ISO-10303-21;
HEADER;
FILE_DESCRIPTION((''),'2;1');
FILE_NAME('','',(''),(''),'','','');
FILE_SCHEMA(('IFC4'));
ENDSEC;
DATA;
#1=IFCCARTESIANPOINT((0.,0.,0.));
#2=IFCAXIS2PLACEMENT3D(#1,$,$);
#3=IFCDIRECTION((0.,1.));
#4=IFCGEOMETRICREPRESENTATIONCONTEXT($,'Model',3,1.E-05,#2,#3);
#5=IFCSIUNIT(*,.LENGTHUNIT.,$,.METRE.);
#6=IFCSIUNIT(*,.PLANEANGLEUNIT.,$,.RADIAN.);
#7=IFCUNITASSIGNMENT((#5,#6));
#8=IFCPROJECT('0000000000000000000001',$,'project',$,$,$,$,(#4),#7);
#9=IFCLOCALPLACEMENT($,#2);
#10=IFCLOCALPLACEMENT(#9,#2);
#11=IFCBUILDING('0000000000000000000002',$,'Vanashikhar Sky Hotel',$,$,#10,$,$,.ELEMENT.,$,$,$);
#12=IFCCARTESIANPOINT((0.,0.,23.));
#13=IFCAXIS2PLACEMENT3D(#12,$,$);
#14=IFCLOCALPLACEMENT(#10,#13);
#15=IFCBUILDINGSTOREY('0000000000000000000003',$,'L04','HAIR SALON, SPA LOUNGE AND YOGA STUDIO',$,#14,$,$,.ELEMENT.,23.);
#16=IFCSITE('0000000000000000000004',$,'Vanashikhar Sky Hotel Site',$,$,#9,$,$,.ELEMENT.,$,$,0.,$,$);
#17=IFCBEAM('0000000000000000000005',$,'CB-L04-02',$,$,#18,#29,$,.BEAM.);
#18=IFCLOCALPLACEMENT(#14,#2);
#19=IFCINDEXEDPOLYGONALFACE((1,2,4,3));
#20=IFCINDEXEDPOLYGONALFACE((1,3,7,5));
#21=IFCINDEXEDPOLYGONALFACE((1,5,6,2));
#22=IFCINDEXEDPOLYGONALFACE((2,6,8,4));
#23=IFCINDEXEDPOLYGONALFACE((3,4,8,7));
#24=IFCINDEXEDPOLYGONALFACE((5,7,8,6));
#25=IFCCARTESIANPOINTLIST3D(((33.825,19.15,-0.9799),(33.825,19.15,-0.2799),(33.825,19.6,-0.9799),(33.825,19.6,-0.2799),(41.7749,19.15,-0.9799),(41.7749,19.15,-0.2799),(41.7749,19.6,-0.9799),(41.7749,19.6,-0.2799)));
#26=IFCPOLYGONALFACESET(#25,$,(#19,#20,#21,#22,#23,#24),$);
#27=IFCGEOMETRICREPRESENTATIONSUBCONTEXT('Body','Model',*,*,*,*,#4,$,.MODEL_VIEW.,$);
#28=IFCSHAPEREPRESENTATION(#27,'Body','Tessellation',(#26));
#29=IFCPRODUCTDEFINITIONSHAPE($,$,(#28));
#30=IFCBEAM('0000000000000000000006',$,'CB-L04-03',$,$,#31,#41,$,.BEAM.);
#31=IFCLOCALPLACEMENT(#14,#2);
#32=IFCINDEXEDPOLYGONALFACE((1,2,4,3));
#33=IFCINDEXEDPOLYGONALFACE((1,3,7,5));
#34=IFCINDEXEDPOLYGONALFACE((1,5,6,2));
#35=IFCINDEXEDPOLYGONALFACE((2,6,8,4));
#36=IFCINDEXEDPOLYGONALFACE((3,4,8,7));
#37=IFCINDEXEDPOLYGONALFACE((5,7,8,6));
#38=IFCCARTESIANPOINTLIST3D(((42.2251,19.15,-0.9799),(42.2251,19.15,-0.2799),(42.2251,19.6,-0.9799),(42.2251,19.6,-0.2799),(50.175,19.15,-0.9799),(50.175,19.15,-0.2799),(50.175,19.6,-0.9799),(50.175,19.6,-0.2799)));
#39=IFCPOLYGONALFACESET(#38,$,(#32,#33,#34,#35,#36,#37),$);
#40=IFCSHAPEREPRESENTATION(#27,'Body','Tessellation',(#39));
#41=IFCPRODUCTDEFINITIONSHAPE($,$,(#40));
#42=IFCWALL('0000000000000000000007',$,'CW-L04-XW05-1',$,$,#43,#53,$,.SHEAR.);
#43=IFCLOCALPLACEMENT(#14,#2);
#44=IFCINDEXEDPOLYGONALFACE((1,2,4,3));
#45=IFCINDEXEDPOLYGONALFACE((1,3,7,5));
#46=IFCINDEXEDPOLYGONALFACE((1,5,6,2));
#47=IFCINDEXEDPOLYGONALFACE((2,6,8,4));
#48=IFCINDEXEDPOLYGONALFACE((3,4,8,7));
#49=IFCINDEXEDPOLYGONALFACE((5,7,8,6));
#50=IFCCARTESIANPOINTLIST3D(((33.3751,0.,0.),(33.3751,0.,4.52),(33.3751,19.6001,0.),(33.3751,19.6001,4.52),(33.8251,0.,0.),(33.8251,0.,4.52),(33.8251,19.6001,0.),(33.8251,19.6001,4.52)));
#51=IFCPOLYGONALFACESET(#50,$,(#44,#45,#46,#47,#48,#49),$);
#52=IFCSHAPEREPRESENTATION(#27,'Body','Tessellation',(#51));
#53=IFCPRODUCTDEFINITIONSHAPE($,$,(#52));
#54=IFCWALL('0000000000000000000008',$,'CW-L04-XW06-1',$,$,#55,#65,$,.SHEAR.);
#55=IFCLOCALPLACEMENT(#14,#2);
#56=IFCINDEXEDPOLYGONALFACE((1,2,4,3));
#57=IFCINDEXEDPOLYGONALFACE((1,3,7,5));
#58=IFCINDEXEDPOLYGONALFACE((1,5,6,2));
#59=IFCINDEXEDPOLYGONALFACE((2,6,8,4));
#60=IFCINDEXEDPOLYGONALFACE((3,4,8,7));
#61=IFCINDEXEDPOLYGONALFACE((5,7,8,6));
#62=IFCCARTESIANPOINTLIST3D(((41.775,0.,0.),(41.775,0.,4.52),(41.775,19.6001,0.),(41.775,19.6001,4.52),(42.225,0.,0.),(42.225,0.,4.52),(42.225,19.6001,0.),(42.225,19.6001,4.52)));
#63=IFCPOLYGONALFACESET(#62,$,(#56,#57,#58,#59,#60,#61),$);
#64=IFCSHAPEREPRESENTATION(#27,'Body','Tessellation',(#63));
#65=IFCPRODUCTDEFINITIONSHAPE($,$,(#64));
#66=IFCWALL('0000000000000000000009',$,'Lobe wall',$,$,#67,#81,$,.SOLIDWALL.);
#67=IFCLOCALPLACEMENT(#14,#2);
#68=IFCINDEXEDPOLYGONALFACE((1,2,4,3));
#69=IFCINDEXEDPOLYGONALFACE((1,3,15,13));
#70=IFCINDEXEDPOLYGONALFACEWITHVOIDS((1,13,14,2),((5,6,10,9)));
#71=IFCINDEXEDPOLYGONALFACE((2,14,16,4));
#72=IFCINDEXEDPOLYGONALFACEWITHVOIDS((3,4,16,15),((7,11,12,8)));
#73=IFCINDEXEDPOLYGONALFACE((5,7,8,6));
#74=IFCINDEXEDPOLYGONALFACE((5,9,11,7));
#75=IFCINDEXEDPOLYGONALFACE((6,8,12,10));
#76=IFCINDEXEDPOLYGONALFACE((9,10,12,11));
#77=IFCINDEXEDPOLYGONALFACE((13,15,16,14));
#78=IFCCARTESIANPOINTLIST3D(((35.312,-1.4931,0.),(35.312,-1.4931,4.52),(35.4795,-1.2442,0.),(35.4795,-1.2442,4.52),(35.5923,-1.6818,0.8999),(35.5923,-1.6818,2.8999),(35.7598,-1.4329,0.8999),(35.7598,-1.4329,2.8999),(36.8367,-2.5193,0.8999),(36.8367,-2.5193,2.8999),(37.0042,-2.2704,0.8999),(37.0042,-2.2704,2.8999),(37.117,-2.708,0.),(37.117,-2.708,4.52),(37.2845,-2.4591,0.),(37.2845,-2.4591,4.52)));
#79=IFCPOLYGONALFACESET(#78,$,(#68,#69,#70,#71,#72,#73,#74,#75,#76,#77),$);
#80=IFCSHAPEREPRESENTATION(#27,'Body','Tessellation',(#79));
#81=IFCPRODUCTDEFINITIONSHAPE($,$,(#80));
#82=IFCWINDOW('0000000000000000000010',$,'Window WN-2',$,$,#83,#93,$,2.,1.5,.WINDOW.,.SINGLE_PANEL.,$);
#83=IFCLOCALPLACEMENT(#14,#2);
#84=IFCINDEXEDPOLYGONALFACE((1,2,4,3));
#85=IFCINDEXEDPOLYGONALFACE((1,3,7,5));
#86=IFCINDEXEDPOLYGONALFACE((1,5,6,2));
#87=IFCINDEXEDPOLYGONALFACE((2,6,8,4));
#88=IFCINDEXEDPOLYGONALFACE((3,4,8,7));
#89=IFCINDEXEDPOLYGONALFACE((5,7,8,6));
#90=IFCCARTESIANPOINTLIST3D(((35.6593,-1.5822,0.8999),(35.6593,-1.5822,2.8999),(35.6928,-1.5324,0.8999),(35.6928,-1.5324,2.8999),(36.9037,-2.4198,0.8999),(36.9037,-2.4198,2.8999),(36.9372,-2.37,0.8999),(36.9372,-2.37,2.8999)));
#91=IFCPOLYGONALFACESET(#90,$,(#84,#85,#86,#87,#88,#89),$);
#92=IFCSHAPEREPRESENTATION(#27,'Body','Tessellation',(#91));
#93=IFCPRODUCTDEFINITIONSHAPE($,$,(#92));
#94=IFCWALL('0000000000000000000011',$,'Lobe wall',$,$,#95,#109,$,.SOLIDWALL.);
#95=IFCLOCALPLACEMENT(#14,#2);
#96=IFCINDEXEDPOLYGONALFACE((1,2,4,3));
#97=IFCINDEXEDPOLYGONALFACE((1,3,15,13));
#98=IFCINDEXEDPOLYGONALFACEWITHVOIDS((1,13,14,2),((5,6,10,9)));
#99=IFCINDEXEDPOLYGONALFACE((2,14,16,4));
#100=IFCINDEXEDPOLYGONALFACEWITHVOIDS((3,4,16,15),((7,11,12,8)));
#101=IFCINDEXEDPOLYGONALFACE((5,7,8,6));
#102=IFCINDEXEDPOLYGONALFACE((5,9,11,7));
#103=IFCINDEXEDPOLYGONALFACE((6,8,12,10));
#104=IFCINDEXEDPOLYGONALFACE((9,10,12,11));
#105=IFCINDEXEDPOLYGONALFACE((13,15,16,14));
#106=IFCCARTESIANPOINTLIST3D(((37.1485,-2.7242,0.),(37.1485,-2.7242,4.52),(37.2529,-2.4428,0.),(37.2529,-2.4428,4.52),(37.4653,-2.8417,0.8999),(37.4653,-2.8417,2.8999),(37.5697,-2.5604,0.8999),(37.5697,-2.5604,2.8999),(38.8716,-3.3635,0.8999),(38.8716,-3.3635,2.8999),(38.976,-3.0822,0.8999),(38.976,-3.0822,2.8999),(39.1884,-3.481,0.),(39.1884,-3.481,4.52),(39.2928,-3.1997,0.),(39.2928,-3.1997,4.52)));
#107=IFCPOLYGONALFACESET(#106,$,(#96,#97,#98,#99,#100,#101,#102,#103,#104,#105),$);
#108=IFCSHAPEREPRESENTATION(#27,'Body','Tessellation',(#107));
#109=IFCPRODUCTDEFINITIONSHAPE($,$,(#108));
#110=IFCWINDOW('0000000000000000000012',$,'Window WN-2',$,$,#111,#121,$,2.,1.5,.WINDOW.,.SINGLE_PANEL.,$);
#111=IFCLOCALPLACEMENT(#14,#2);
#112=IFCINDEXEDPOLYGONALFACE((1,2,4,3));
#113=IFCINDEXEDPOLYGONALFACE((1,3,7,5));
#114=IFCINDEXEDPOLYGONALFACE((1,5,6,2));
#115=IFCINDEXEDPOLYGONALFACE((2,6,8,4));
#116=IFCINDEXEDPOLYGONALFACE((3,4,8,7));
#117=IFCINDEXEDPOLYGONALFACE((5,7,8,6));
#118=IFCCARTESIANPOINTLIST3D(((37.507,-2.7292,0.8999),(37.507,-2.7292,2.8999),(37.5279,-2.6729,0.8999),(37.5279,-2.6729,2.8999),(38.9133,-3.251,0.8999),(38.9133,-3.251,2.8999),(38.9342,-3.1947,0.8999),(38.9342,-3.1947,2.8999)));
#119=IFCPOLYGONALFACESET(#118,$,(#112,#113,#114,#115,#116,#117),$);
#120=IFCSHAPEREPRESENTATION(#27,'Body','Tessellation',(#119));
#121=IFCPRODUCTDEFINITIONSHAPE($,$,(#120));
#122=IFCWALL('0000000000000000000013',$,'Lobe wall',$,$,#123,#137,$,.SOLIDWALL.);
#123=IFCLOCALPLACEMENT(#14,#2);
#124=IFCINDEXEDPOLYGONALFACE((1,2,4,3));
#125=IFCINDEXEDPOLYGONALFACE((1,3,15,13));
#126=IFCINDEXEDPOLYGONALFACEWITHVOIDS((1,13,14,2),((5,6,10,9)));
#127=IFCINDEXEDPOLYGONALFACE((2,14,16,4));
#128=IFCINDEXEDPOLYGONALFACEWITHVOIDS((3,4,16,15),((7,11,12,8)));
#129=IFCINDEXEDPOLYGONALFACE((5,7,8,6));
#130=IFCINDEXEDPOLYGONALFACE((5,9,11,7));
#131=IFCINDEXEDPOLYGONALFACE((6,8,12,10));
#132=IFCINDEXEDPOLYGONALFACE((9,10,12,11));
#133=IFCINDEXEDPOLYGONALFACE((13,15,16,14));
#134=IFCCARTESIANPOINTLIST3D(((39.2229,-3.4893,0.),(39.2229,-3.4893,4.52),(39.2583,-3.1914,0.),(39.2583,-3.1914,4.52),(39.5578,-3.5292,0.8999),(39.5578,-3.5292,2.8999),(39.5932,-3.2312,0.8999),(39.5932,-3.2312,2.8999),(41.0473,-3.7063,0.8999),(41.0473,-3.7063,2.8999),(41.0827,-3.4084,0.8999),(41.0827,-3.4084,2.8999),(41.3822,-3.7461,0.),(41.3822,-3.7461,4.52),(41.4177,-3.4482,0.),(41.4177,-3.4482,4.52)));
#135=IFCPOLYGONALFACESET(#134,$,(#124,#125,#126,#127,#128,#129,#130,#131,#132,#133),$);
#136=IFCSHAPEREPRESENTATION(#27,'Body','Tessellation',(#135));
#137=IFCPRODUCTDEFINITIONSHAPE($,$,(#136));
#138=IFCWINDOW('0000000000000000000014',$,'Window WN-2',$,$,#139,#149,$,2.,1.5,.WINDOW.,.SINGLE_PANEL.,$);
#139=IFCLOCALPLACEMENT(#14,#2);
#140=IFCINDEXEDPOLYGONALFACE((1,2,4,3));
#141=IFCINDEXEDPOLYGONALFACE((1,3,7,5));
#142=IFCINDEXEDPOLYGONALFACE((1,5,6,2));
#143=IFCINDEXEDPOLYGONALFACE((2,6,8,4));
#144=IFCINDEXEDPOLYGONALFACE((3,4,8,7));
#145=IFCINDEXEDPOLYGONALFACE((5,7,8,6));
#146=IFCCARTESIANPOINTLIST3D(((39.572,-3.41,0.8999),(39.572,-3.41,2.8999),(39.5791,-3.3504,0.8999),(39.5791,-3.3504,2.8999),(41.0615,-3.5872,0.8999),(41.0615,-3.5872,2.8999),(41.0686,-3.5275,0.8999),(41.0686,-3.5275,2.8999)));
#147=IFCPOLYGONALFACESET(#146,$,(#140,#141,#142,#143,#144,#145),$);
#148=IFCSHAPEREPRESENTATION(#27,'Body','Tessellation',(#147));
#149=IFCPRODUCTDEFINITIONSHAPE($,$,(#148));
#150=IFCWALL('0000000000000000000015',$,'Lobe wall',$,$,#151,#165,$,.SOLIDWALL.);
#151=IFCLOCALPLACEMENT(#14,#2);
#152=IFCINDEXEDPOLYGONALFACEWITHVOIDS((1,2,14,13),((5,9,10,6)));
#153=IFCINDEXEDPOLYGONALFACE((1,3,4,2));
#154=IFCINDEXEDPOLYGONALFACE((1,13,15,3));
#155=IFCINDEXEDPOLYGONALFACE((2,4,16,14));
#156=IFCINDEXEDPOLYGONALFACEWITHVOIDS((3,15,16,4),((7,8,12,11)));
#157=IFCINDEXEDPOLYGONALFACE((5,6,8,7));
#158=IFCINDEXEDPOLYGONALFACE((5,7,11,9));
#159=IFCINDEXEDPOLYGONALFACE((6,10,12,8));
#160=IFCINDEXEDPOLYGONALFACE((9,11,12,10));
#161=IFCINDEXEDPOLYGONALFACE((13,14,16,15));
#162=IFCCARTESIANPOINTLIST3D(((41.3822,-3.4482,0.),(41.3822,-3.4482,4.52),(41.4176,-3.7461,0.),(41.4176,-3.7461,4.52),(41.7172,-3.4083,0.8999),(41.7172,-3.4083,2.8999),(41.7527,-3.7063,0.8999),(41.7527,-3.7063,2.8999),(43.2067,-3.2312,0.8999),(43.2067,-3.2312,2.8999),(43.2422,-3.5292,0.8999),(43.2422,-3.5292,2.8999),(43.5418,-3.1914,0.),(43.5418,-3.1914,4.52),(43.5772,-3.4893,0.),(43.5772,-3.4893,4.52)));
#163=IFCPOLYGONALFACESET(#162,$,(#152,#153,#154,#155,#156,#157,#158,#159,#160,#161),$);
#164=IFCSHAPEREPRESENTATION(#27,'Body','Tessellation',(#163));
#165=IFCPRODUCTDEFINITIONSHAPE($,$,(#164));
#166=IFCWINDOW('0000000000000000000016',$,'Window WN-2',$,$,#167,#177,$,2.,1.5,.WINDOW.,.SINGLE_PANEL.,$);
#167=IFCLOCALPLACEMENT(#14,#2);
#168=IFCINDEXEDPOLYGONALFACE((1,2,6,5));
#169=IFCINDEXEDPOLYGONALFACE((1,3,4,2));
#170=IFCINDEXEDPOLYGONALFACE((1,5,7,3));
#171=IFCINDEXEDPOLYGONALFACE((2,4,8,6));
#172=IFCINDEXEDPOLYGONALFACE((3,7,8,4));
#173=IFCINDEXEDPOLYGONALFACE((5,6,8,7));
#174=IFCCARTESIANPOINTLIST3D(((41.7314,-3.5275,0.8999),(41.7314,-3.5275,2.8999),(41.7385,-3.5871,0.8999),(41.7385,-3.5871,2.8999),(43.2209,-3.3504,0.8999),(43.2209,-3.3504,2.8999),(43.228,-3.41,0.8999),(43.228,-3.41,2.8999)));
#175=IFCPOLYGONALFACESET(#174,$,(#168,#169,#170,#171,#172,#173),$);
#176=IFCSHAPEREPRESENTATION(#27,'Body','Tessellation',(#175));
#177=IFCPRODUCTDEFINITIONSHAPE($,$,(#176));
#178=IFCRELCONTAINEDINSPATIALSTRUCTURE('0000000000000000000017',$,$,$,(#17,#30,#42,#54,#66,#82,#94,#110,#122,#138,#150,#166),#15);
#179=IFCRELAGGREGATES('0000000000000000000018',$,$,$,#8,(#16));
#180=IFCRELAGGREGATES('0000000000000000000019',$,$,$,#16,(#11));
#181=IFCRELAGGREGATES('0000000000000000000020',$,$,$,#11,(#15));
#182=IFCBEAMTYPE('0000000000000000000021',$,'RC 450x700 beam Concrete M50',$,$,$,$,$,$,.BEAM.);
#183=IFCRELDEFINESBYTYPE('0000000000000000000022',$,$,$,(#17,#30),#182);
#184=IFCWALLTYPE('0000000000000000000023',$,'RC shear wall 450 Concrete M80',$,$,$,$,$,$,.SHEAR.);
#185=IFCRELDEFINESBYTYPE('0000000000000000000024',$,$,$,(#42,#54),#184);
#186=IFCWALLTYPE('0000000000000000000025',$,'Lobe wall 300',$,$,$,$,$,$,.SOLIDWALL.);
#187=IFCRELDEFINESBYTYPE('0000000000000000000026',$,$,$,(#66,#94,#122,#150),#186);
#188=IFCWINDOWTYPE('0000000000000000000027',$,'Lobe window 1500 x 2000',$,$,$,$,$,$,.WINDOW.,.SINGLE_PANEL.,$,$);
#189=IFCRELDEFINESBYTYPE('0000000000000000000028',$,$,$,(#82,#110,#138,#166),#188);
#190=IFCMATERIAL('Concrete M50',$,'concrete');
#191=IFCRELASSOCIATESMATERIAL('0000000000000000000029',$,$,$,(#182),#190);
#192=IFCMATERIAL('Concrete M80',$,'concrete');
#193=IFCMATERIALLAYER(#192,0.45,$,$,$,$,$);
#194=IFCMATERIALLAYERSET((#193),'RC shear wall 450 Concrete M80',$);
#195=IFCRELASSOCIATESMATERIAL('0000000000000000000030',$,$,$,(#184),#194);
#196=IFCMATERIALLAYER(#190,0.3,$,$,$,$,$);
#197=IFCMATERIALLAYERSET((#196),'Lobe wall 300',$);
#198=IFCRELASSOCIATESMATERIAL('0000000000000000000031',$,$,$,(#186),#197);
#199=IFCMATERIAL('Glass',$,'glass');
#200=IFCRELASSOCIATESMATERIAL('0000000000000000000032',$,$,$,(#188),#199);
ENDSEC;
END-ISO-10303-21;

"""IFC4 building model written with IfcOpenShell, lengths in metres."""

from ifc_helpers import new_model, si_unit, direction, frame, frame_2d, origin, origin_2d, place, context, subcontext, project, spatial, rectangle, extrude, source, transform, mapped, material, layer, layer_set, material_profile, profile_set, type_object, element, fill, save


model = new_model("IFC4")

# Units and contexts
model_context = context("Model", 3, precision=1e-05, world=origin(), true_north=direction((0.0, 1.0)))
body_context = subcontext(model_context, "Body", "Model", "MODEL_VIEW")
ifc_project = project(units=[si_unit("LENGTHUNIT", "METRE"), si_unit("PLANEANGLEUNIT", "RADIAN")], contexts=[model_context])

# Site, building, storey
site_placement = place(None, origin())
site = spatial("IfcSite", under=ifc_project, at=site_placement, Name="Vanashikhar Sky Hotel Site", CompositionType="ELEMENT", RefElevation=0.0)
building_placement = place(site_placement, origin())
building = spatial("IfcBuilding", under=site, at=building_placement, Name="Vanashikhar Sky Hotel", CompositionType="ELEMENT")
storey_placement = place(building_placement, frame((0.0, 0.0, 23.0)))
storey = spatial("IfcBuildingStorey", under=building, at=storey_placement, Name="L04", Description="HAIR SALON, SPA LOUNGE AND YOGA STUDIO", CompositionType="ELEMENT", Elevation=23.0)

# Beams
ifc_material_1 = material(Name="Concrete M50", Category="concrete")
ifc_material_profile = material_profile(ifc_material_1, rectangle(XDim=0.45, YDim=0.7, at=origin_2d()))
ifc_profile_set = profile_set([ifc_material_profile], Name="RC 450x700 beam Concrete M50")
beam_type = type_object("IfcBeamType", Name="RC 450x700 beam Concrete M50", PredefinedType="BEAM", material=ifc_profile_set)
shared_shape_1 = source(origin(), body_context, "Body", "SweptSolid", [
    extrude(rectangle(XDim=0.45, YDim=0.7, at=origin_2d()), origin(), (0.0, 0.0, 1.0), 7.95),
])
for number, where, z_axis, x_axis, name in (
    (1, (33.825, 19.375, -0.6299), (1.0, 0.0, 0.0), (0.0, 1.0, 0.0), "CB-L04-02"),
    (2, (42.2251, 19.375, -0.6299), (1.0, 0.0, 0.0), (0.0, 1.0, 0.0), "CB-L04-03"),
):
    element("IfcBeam", number, at=place(storey_placement, frame(where, z_axis=z_axis, x_axis=x_axis)), inside=storey, type_object=beam_type, Name=name, PredefinedType="BEAM", context=body_context, shape_type="MappedRepresentation", body=[
        mapped(shared_shape_1, transform((0.0, 0.0, 0.0), scale=1.0)),
    ])

# Walls
ifc_material_2 = material(Name="Concrete M80", Category="concrete")
ifc_layer_1 = layer(ifc_material_2, 0.45)
ifc_layer_set_1 = layer_set([ifc_layer_1], Name="RC shear wall 450 Concrete M80")
wall_type_1 = type_object("IfcWallType", Name="RC shear wall 450 Concrete M80", PredefinedType="SHEAR", material=ifc_layer_set_1)
shared_shape_2 = source(origin(), body_context, "Body", "SweptSolid", [
    extrude(rectangle(XDim=19.6001, YDim=0.45, at=frame_2d((9.8, 0.0))), origin(), (0.0, 0.0, 1.0), 4.52),
])
for number, where, z_axis, x_axis, name in (
    (3, (33.6001, 0.0, 0.0), (0.0, 0.0, 1.0), (0.0, 1.0, 0.0), "CW-L04-XW05-1"),
    (4, (42.0, 0.0, 0.0), (0.0, 0.0, 1.0), (0.0, 1.0, 0.0), "CW-L04-XW06-1"),
):
    element("IfcWall", number, at=place(storey_placement, frame(where, z_axis=z_axis, x_axis=x_axis)), inside=storey, type_object=wall_type_1, Name=name, PredefinedType="SHEAR", context=body_context, shape_type="MappedRepresentation", body=[
        mapped(shared_shape_2, transform((0.0, 0.0, 0.0), scale=1.0)),
    ])

# Walls, openings, windows
ifc_layer_2 = layer(ifc_material_1, 0.3)
ifc_layer_set_2 = layer_set([ifc_layer_2], Name="Lobe wall 300")
wall_type_2 = type_object("IfcWallType", Name="Lobe wall 300", PredefinedType="SOLIDWALL", material=ifc_layer_set_2)
shared_shape_3 = source(origin(), body_context, "Body", "SweptSolid", [
    extrude(rectangle(XDim=2.1758, YDim=0.3, at=frame_2d((1.0879, 0.0))), origin(), (0.0, 0.0, 1.0), 4.52),
])
wall_1_placement = place(storey_placement, frame((35.3958, -1.3687, 0.0), z_axis=(0.0, 0.0, 1.0), x_axis=(0.829591, -0.558372, 0.0)))
wall_1 = element("IfcWall", 5, at=wall_1_placement, inside=storey, type_object=wall_type_2, Name="Lobe wall", PredefinedType="SOLIDWALL", context=body_context, shape_type="MappedRepresentation", body=[
    mapped(shared_shape_3, transform((0.0, 0.0, 0.0), scale=1.0)),
])
shared_shape_4 = source(origin(), body_context, "Body", "SweptSolid", [
    extrude(rectangle(XDim=1.5, YDim=2.0, at=frame_2d((0.75, 1.0))), frame((0.0, 0.1602, 0.0), z_axis=(0.0, -1.0, 0.0), x_axis=(1.0, 0.0, 0.0)), (0.0, 0.0, 1.0), 0.3201),
])
opening_1_placement = place(wall_1_placement, frame((0.3379, 0.0, 0.8999)))
opening_1 = element("IfcOpeningElement", 6, at=opening_1_placement, cuts=wall_1, PredefinedType="OPENING", context=body_context, shape_type="MappedRepresentation", body=[
    mapped(shared_shape_4, transform((0.0, 0.0, 0.0), scale=1.0)),
])
ifc_material_3 = material(Name="Glass", Category="glass")
window_type_1 = type_object("IfcWindowType", Name="Lobe window 1500 x 2000", PartitioningType="SINGLE_PANEL", PredefinedType="WINDOW", material=ifc_material_3)
shared_shape_5 = source(origin(), body_context, "Body", "SweptSolid", [
    extrude(rectangle(XDim=1.5, YDim=2.0, at=frame_2d((0.75, 1.0))), frame((0.0, 0.03, 0.0), z_axis=(0.0, -1.0, 0.0), x_axis=(1.0, 0.0, 0.0)), (0.0, 0.0, 1.0), 0.0601),
])
window_1_placement = place(opening_1_placement, origin())
window_1 = element("IfcWindow", 7, at=window_1_placement, inside=storey, type_object=window_type_1, Name="Window WN-2", OverallHeight=2.0, OverallWidth=1.5, PartitioningType="SINGLE_PANEL", PredefinedType="WINDOW", context=body_context, shape_type="MappedRepresentation", body=[
    mapped(shared_shape_5, transform((0.0, 0.0, 0.0), scale=1.0)),
])
fill(opening_1, window_1)
wall_2_placement = place(storey_placement, frame((37.2007, -2.5835, 0.0), z_axis=(0.0, 0.0, 1.0), x_axis=(0.937546, -0.347863, 0.0)))
wall_2 = element("IfcWall", 8, at=wall_2_placement, inside=storey, type_object=wall_type_2, Name="Lobe wall", PredefinedType="SOLIDWALL", context=body_context, shape_type="MappedRepresentation", body=[
    mapped(shared_shape_3, transform((0.0, 0.0, 0.0), scale=1.0)),
])
opening_2_placement = place(wall_2_placement, frame((0.3379, 0.0, 0.8999)))
opening_2 = element("IfcOpeningElement", 9, at=opening_2_placement, cuts=wall_2, PredefinedType="OPENING", context=body_context, shape_type="MappedRepresentation", body=[
    mapped(shared_shape_4, transform((0.0, 0.0, 0.0), scale=1.0)),
])
window_2_placement = place(opening_2_placement, origin())
window_2 = element("IfcWindow", 10, at=window_2_placement, inside=storey, type_object=window_type_1, Name="Window WN-2", OverallHeight=2.0, OverallWidth=1.5, PartitioningType="SINGLE_PANEL", PredefinedType="WINDOW", context=body_context, shape_type="MappedRepresentation", body=[
    mapped(shared_shape_5, transform((0.0, 0.0, 0.0), scale=1.0)),
])
fill(opening_2, window_2)
shared_shape_6 = source(origin(), body_context, "Body", "SweptSolid", [
    extrude(rectangle(XDim=2.1746, YDim=0.3, at=frame_2d((1.0874, 0.0))), origin(), (0.0, 0.0, 1.0), 4.52),
])
wall_3_placement = place(storey_placement, frame((39.2405, -3.3403, 0.0), z_axis=(0.0, 0.0, 1.0), x_axis=(0.993001, -0.118105, 0.0)))
wall_3 = element("IfcWall", 11, at=wall_3_placement, inside=storey, type_object=wall_type_2, Name="Lobe wall", PredefinedType="SOLIDWALL", context=body_context, shape_type="MappedRepresentation", body=[
    mapped(shared_shape_6, transform((0.0, 0.0, 0.0), scale=1.0)),
])
opening_3_placement = place(wall_3_placement, frame((0.3374, 0.0, 0.8999)))
opening_3 = element("IfcOpeningElement", 12, at=opening_3_placement, cuts=wall_3, PredefinedType="OPENING", context=body_context, shape_type="MappedRepresentation", body=[
    mapped(shared_shape_4, transform((0.0, 0.0, 0.0), scale=1.0)),
])
window_3_placement = place(opening_3_placement, origin())
window_3 = element("IfcWindow", 13, at=window_3_placement, inside=storey, type_object=window_type_1, Name="Window WN-2", OverallHeight=2.0, OverallWidth=1.5, PartitioningType="SINGLE_PANEL", PredefinedType="WINDOW", context=body_context, shape_type="MappedRepresentation", body=[
    mapped(shared_shape_5, transform((0.0, 0.0, 0.0), scale=1.0)),
])
fill(opening_3, window_3)
shared_shape_7 = source(origin(), body_context, "Body", "SweptSolid", [
    extrude(rectangle(XDim=2.1748, YDim=0.3, at=frame_2d((1.0874, 0.0))), origin(), (0.0, 0.0, 1.0), 4.52),
])
wall_4_placement = place(storey_placement, frame((41.3999, -3.5972, 0.0), z_axis=(0.0, 0.0, 1.0), x_axis=(0.993003, 0.118092, 0.0)))
wall_4 = element("IfcWall", 14, at=wall_4_placement, inside=storey, type_object=wall_type_2, Name="Lobe wall", PredefinedType="SOLIDWALL", context=body_context, shape_type="MappedRepresentation", body=[
    mapped(shared_shape_7, transform((0.0, 0.0, 0.0), scale=1.0)),
])
opening_4_placement = place(wall_4_placement, frame((0.3374, 0.0, 0.8999)))
opening_4 = element("IfcOpeningElement", 15, at=opening_4_placement, cuts=wall_4, PredefinedType="OPENING", context=body_context, shape_type="MappedRepresentation", body=[
    mapped(shared_shape_4, transform((0.0, 0.0, 0.0), scale=1.0)),
])
window_4_placement = place(opening_4_placement, origin())
window_4 = element("IfcWindow", 16, at=window_4_placement, inside=storey, type_object=window_type_1, Name="Window WN-2", OverallHeight=2.0, OverallWidth=1.5, PartitioningType="SINGLE_PANEL", PredefinedType="WINDOW", context=body_context, shape_type="MappedRepresentation", body=[
    mapped(shared_shape_5, transform((0.0, 0.0, 0.0), scale=1.0)),
])
fill(opening_4, window_4)

save(model, "model.ifc")
